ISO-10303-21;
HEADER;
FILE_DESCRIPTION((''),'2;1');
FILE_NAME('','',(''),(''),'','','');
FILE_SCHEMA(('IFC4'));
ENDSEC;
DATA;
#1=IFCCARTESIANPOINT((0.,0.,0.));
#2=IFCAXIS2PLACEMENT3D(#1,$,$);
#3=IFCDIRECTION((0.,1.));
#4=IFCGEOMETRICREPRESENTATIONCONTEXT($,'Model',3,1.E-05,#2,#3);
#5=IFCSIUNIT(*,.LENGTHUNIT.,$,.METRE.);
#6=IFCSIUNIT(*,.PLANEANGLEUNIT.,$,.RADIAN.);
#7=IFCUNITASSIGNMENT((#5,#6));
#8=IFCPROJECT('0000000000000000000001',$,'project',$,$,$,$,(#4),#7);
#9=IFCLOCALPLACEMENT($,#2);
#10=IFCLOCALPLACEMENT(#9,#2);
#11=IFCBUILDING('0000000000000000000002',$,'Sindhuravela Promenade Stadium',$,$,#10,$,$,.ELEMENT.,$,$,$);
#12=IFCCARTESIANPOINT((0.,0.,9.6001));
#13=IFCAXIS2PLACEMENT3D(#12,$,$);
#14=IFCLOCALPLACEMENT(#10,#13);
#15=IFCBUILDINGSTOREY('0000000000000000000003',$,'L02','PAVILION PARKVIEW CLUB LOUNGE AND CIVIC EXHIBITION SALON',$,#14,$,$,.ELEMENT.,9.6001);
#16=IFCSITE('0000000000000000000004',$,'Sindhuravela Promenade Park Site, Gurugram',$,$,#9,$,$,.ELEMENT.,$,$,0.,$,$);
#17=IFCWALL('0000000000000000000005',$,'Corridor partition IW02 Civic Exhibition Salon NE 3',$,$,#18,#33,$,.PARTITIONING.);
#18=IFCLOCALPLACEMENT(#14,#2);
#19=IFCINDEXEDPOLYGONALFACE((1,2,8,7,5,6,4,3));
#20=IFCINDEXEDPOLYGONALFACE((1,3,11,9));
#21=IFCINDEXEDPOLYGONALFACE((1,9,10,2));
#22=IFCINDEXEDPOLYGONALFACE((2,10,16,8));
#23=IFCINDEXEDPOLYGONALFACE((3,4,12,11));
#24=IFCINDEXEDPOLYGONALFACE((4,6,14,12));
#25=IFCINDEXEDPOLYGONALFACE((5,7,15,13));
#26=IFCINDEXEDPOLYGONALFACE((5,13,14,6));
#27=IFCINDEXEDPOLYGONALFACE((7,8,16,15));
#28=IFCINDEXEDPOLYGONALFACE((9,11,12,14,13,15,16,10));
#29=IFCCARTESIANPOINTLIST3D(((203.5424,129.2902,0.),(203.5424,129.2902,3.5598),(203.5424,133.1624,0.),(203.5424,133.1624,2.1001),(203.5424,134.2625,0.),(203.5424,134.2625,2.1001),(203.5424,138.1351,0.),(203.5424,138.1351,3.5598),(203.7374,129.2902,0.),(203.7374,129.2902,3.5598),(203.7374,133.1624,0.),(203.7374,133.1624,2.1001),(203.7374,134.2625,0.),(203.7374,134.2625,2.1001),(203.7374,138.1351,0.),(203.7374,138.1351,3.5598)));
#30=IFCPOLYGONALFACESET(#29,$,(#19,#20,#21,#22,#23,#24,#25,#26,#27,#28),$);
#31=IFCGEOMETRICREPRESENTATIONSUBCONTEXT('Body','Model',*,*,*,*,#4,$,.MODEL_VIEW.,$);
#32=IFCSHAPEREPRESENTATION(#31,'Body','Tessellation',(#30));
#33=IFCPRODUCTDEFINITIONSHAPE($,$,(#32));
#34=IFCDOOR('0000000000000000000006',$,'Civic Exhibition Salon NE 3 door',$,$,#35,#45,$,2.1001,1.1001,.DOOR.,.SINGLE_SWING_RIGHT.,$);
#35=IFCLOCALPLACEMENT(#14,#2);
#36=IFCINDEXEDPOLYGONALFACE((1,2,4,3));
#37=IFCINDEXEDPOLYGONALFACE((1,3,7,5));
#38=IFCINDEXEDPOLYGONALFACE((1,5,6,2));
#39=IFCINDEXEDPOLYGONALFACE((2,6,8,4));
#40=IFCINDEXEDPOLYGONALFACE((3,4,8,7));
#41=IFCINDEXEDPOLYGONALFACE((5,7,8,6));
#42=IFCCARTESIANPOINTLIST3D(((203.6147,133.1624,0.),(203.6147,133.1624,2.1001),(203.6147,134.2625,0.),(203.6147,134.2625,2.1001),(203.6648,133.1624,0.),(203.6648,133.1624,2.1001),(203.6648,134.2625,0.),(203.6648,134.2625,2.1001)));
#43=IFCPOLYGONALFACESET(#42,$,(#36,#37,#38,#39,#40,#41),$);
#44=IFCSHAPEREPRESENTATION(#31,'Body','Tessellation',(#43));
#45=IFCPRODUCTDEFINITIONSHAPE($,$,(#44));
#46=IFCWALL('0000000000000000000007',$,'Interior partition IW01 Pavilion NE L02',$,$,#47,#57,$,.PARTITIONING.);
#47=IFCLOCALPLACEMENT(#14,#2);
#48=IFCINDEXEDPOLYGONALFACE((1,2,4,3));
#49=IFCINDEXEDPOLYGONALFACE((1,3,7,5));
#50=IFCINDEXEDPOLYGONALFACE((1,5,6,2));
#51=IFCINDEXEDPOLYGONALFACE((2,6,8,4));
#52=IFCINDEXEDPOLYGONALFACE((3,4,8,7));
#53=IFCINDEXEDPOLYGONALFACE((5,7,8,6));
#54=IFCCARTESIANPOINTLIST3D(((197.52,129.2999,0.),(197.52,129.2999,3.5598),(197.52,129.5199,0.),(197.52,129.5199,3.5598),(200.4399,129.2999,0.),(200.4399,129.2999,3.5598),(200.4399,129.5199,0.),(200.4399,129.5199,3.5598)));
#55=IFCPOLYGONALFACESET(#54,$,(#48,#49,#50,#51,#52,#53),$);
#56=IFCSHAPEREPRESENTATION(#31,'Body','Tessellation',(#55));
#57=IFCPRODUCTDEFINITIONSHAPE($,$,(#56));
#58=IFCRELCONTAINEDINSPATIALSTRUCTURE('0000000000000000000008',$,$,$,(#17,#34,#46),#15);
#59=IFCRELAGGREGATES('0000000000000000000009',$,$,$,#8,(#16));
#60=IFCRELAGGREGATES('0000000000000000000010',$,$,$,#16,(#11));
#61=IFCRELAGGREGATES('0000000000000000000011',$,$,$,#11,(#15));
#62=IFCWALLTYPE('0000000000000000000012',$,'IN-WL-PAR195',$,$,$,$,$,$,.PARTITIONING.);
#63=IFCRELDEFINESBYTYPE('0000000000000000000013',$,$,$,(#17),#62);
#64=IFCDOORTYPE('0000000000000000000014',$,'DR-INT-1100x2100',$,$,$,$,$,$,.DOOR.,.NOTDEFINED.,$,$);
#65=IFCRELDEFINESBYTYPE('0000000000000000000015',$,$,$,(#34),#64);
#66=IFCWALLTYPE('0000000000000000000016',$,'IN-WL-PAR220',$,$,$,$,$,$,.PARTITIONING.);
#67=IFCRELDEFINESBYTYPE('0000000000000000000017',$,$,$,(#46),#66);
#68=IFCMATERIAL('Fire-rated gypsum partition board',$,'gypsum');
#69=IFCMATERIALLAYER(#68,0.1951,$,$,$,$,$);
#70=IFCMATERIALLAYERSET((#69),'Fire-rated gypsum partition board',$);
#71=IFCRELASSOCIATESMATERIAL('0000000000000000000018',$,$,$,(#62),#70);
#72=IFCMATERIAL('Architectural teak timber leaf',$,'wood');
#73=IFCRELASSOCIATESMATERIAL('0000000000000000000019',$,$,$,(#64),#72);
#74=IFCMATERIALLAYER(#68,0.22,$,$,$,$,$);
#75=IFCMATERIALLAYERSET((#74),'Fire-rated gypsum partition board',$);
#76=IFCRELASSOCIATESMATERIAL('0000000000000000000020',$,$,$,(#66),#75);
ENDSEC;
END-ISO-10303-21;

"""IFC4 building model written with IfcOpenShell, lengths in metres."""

from ifc_helpers import new_model, si_unit, direction, frame, frame_2d, origin, place, context, subcontext, project, spatial, rectangle, extrude, material, layer, layer_set, type_object, element, fill, save


model = new_model("IFC4")

# Units and contexts
model_context = context("Model", 3, precision=1e-05, world=origin(), true_north=direction((0.0, 1.0)))
body_context = subcontext(model_context, "Body", "Model", "MODEL_VIEW")
ifc_project = project(units=[si_unit("LENGTHUNIT", "METRE"), si_unit("PLANEANGLEUNIT", "RADIAN")], contexts=[model_context])

# Site, building, storey
site_placement = place(None, origin())
site = spatial("IfcSite", under=ifc_project, at=site_placement, Name="Sindhuravela Promenade Park Site, Gurugram", CompositionType="ELEMENT", RefElevation=0.0)
building_placement = place(site_placement, origin())
building = spatial("IfcBuilding", under=site, at=building_placement, Name="Sindhuravela Promenade Stadium", CompositionType="ELEMENT")
storey_placement = place(building_placement, frame((0.0, 0.0, 9.6001)))
storey = spatial("IfcBuildingStorey", under=building, at=storey_placement, Name="L02", Description="PAVILION PARKVIEW CLUB LOUNGE AND CIVIC EXHIBITION SALON", CompositionType="ELEMENT", Elevation=9.6001)

# Shared definitions
ifc_material_1 = material(Name="Fire-rated gypsum partition board", Category="gypsum")

# Wall, opening, door
ifc_layer_1 = layer(ifc_material_1, 0.1951)
ifc_layer_set_1 = layer_set([ifc_layer_1], Name="Fire-rated gypsum partition board")
wall_type_1 = type_object("IfcWallType", Name="IN-WL-PAR195", PredefinedType="PARTITIONING", material=ifc_layer_set_1)
wall_1_placement = place(storey_placement, frame((203.6399, 138.135, 0.0), z_axis=(0.0, 0.0, 1.0), x_axis=(0.0, -1.0, 0.0)))
wall_1 = element("IfcWall", 1, at=wall_1_placement, inside=storey, type_object=wall_type_1, Name="Corridor partition IW02 Civic Exhibition Salon NE 3", PredefinedType="PARTITIONING", context=body_context, shape_type="SweptSolid", body=[
    extrude(rectangle(XDim=8.845, YDim=0.1951, at=frame_2d((4.4224, 0.0))), origin(), (0.0, 0.0, 1.0), 3.5598),
])
opening_placement = place(wall_1_placement, frame((3.8726, 0.0, 0.0)))
opening = element("IfcOpeningElement", 2, at=opening_placement, cuts=wall_1, PredefinedType="OPENING", context=body_context, shape_type="SweptSolid", body=[
    extrude(rectangle(XDim=1.1001, YDim=2.1001, at=frame_2d((0.55, 1.05))), frame((0.0, 0.1074, 0.0), z_axis=(0.0, -1.0, 0.0), x_axis=(1.0, 0.0, 0.0)), (0.0, 0.0, 1.0), 0.2151),
])
ifc_material_2 = material(Name="Architectural teak timber leaf", Category="wood")
door_type = type_object("IfcDoorType", Name="DR-INT-1100x2100", OperationType="NOTDEFINED", PredefinedType="DOOR", material=ifc_material_2)
door_placement = place(opening_placement, origin())
door = element("IfcDoor", 3, at=door_placement, inside=storey, type_object=door_type, Name="Civic Exhibition Salon NE 3 door", OperationType="SINGLE_SWING_RIGHT", OverallHeight=2.1001, OverallWidth=1.1001, PredefinedType="DOOR", context=body_context, shape_type="SweptSolid", body=[
    extrude(rectangle(XDim=1.1001, YDim=2.1001, at=frame_2d((0.55, 1.05))), frame((0.0, 0.0249, 0.0), z_axis=(0.0, -1.0, 0.0), x_axis=(1.0, 0.0, 0.0)), (0.0, 0.0, 1.0), 0.05),
])
fill(opening, door)

# Wall
ifc_layer_2 = layer(ifc_material_1, 0.22)
ifc_layer_set_2 = layer_set([ifc_layer_2], Name="Fire-rated gypsum partition board")
wall_type_2 = type_object("IfcWallType", Name="IN-WL-PAR220", PredefinedType="PARTITIONING", material=ifc_layer_set_2)
wall_2_placement = place(storey_placement, frame((200.4399, 129.4099, 0.0), z_axis=(0.0, 0.0, 1.0), x_axis=(-1.0, 0.0, 0.0)))
element("IfcWall", 4, at=wall_2_placement, inside=storey, type_object=wall_type_2, Name="Interior partition IW01 Pavilion NE L02", PredefinedType="PARTITIONING", context=body_context, shape_type="SweptSolid", body=[
    extrude(rectangle(XDim=2.9199, YDim=0.22, at=frame_2d((1.46, 0.0))), origin(), (0.0, 0.0, 1.0), 3.5598),
])

save(model, "model.ifc")
